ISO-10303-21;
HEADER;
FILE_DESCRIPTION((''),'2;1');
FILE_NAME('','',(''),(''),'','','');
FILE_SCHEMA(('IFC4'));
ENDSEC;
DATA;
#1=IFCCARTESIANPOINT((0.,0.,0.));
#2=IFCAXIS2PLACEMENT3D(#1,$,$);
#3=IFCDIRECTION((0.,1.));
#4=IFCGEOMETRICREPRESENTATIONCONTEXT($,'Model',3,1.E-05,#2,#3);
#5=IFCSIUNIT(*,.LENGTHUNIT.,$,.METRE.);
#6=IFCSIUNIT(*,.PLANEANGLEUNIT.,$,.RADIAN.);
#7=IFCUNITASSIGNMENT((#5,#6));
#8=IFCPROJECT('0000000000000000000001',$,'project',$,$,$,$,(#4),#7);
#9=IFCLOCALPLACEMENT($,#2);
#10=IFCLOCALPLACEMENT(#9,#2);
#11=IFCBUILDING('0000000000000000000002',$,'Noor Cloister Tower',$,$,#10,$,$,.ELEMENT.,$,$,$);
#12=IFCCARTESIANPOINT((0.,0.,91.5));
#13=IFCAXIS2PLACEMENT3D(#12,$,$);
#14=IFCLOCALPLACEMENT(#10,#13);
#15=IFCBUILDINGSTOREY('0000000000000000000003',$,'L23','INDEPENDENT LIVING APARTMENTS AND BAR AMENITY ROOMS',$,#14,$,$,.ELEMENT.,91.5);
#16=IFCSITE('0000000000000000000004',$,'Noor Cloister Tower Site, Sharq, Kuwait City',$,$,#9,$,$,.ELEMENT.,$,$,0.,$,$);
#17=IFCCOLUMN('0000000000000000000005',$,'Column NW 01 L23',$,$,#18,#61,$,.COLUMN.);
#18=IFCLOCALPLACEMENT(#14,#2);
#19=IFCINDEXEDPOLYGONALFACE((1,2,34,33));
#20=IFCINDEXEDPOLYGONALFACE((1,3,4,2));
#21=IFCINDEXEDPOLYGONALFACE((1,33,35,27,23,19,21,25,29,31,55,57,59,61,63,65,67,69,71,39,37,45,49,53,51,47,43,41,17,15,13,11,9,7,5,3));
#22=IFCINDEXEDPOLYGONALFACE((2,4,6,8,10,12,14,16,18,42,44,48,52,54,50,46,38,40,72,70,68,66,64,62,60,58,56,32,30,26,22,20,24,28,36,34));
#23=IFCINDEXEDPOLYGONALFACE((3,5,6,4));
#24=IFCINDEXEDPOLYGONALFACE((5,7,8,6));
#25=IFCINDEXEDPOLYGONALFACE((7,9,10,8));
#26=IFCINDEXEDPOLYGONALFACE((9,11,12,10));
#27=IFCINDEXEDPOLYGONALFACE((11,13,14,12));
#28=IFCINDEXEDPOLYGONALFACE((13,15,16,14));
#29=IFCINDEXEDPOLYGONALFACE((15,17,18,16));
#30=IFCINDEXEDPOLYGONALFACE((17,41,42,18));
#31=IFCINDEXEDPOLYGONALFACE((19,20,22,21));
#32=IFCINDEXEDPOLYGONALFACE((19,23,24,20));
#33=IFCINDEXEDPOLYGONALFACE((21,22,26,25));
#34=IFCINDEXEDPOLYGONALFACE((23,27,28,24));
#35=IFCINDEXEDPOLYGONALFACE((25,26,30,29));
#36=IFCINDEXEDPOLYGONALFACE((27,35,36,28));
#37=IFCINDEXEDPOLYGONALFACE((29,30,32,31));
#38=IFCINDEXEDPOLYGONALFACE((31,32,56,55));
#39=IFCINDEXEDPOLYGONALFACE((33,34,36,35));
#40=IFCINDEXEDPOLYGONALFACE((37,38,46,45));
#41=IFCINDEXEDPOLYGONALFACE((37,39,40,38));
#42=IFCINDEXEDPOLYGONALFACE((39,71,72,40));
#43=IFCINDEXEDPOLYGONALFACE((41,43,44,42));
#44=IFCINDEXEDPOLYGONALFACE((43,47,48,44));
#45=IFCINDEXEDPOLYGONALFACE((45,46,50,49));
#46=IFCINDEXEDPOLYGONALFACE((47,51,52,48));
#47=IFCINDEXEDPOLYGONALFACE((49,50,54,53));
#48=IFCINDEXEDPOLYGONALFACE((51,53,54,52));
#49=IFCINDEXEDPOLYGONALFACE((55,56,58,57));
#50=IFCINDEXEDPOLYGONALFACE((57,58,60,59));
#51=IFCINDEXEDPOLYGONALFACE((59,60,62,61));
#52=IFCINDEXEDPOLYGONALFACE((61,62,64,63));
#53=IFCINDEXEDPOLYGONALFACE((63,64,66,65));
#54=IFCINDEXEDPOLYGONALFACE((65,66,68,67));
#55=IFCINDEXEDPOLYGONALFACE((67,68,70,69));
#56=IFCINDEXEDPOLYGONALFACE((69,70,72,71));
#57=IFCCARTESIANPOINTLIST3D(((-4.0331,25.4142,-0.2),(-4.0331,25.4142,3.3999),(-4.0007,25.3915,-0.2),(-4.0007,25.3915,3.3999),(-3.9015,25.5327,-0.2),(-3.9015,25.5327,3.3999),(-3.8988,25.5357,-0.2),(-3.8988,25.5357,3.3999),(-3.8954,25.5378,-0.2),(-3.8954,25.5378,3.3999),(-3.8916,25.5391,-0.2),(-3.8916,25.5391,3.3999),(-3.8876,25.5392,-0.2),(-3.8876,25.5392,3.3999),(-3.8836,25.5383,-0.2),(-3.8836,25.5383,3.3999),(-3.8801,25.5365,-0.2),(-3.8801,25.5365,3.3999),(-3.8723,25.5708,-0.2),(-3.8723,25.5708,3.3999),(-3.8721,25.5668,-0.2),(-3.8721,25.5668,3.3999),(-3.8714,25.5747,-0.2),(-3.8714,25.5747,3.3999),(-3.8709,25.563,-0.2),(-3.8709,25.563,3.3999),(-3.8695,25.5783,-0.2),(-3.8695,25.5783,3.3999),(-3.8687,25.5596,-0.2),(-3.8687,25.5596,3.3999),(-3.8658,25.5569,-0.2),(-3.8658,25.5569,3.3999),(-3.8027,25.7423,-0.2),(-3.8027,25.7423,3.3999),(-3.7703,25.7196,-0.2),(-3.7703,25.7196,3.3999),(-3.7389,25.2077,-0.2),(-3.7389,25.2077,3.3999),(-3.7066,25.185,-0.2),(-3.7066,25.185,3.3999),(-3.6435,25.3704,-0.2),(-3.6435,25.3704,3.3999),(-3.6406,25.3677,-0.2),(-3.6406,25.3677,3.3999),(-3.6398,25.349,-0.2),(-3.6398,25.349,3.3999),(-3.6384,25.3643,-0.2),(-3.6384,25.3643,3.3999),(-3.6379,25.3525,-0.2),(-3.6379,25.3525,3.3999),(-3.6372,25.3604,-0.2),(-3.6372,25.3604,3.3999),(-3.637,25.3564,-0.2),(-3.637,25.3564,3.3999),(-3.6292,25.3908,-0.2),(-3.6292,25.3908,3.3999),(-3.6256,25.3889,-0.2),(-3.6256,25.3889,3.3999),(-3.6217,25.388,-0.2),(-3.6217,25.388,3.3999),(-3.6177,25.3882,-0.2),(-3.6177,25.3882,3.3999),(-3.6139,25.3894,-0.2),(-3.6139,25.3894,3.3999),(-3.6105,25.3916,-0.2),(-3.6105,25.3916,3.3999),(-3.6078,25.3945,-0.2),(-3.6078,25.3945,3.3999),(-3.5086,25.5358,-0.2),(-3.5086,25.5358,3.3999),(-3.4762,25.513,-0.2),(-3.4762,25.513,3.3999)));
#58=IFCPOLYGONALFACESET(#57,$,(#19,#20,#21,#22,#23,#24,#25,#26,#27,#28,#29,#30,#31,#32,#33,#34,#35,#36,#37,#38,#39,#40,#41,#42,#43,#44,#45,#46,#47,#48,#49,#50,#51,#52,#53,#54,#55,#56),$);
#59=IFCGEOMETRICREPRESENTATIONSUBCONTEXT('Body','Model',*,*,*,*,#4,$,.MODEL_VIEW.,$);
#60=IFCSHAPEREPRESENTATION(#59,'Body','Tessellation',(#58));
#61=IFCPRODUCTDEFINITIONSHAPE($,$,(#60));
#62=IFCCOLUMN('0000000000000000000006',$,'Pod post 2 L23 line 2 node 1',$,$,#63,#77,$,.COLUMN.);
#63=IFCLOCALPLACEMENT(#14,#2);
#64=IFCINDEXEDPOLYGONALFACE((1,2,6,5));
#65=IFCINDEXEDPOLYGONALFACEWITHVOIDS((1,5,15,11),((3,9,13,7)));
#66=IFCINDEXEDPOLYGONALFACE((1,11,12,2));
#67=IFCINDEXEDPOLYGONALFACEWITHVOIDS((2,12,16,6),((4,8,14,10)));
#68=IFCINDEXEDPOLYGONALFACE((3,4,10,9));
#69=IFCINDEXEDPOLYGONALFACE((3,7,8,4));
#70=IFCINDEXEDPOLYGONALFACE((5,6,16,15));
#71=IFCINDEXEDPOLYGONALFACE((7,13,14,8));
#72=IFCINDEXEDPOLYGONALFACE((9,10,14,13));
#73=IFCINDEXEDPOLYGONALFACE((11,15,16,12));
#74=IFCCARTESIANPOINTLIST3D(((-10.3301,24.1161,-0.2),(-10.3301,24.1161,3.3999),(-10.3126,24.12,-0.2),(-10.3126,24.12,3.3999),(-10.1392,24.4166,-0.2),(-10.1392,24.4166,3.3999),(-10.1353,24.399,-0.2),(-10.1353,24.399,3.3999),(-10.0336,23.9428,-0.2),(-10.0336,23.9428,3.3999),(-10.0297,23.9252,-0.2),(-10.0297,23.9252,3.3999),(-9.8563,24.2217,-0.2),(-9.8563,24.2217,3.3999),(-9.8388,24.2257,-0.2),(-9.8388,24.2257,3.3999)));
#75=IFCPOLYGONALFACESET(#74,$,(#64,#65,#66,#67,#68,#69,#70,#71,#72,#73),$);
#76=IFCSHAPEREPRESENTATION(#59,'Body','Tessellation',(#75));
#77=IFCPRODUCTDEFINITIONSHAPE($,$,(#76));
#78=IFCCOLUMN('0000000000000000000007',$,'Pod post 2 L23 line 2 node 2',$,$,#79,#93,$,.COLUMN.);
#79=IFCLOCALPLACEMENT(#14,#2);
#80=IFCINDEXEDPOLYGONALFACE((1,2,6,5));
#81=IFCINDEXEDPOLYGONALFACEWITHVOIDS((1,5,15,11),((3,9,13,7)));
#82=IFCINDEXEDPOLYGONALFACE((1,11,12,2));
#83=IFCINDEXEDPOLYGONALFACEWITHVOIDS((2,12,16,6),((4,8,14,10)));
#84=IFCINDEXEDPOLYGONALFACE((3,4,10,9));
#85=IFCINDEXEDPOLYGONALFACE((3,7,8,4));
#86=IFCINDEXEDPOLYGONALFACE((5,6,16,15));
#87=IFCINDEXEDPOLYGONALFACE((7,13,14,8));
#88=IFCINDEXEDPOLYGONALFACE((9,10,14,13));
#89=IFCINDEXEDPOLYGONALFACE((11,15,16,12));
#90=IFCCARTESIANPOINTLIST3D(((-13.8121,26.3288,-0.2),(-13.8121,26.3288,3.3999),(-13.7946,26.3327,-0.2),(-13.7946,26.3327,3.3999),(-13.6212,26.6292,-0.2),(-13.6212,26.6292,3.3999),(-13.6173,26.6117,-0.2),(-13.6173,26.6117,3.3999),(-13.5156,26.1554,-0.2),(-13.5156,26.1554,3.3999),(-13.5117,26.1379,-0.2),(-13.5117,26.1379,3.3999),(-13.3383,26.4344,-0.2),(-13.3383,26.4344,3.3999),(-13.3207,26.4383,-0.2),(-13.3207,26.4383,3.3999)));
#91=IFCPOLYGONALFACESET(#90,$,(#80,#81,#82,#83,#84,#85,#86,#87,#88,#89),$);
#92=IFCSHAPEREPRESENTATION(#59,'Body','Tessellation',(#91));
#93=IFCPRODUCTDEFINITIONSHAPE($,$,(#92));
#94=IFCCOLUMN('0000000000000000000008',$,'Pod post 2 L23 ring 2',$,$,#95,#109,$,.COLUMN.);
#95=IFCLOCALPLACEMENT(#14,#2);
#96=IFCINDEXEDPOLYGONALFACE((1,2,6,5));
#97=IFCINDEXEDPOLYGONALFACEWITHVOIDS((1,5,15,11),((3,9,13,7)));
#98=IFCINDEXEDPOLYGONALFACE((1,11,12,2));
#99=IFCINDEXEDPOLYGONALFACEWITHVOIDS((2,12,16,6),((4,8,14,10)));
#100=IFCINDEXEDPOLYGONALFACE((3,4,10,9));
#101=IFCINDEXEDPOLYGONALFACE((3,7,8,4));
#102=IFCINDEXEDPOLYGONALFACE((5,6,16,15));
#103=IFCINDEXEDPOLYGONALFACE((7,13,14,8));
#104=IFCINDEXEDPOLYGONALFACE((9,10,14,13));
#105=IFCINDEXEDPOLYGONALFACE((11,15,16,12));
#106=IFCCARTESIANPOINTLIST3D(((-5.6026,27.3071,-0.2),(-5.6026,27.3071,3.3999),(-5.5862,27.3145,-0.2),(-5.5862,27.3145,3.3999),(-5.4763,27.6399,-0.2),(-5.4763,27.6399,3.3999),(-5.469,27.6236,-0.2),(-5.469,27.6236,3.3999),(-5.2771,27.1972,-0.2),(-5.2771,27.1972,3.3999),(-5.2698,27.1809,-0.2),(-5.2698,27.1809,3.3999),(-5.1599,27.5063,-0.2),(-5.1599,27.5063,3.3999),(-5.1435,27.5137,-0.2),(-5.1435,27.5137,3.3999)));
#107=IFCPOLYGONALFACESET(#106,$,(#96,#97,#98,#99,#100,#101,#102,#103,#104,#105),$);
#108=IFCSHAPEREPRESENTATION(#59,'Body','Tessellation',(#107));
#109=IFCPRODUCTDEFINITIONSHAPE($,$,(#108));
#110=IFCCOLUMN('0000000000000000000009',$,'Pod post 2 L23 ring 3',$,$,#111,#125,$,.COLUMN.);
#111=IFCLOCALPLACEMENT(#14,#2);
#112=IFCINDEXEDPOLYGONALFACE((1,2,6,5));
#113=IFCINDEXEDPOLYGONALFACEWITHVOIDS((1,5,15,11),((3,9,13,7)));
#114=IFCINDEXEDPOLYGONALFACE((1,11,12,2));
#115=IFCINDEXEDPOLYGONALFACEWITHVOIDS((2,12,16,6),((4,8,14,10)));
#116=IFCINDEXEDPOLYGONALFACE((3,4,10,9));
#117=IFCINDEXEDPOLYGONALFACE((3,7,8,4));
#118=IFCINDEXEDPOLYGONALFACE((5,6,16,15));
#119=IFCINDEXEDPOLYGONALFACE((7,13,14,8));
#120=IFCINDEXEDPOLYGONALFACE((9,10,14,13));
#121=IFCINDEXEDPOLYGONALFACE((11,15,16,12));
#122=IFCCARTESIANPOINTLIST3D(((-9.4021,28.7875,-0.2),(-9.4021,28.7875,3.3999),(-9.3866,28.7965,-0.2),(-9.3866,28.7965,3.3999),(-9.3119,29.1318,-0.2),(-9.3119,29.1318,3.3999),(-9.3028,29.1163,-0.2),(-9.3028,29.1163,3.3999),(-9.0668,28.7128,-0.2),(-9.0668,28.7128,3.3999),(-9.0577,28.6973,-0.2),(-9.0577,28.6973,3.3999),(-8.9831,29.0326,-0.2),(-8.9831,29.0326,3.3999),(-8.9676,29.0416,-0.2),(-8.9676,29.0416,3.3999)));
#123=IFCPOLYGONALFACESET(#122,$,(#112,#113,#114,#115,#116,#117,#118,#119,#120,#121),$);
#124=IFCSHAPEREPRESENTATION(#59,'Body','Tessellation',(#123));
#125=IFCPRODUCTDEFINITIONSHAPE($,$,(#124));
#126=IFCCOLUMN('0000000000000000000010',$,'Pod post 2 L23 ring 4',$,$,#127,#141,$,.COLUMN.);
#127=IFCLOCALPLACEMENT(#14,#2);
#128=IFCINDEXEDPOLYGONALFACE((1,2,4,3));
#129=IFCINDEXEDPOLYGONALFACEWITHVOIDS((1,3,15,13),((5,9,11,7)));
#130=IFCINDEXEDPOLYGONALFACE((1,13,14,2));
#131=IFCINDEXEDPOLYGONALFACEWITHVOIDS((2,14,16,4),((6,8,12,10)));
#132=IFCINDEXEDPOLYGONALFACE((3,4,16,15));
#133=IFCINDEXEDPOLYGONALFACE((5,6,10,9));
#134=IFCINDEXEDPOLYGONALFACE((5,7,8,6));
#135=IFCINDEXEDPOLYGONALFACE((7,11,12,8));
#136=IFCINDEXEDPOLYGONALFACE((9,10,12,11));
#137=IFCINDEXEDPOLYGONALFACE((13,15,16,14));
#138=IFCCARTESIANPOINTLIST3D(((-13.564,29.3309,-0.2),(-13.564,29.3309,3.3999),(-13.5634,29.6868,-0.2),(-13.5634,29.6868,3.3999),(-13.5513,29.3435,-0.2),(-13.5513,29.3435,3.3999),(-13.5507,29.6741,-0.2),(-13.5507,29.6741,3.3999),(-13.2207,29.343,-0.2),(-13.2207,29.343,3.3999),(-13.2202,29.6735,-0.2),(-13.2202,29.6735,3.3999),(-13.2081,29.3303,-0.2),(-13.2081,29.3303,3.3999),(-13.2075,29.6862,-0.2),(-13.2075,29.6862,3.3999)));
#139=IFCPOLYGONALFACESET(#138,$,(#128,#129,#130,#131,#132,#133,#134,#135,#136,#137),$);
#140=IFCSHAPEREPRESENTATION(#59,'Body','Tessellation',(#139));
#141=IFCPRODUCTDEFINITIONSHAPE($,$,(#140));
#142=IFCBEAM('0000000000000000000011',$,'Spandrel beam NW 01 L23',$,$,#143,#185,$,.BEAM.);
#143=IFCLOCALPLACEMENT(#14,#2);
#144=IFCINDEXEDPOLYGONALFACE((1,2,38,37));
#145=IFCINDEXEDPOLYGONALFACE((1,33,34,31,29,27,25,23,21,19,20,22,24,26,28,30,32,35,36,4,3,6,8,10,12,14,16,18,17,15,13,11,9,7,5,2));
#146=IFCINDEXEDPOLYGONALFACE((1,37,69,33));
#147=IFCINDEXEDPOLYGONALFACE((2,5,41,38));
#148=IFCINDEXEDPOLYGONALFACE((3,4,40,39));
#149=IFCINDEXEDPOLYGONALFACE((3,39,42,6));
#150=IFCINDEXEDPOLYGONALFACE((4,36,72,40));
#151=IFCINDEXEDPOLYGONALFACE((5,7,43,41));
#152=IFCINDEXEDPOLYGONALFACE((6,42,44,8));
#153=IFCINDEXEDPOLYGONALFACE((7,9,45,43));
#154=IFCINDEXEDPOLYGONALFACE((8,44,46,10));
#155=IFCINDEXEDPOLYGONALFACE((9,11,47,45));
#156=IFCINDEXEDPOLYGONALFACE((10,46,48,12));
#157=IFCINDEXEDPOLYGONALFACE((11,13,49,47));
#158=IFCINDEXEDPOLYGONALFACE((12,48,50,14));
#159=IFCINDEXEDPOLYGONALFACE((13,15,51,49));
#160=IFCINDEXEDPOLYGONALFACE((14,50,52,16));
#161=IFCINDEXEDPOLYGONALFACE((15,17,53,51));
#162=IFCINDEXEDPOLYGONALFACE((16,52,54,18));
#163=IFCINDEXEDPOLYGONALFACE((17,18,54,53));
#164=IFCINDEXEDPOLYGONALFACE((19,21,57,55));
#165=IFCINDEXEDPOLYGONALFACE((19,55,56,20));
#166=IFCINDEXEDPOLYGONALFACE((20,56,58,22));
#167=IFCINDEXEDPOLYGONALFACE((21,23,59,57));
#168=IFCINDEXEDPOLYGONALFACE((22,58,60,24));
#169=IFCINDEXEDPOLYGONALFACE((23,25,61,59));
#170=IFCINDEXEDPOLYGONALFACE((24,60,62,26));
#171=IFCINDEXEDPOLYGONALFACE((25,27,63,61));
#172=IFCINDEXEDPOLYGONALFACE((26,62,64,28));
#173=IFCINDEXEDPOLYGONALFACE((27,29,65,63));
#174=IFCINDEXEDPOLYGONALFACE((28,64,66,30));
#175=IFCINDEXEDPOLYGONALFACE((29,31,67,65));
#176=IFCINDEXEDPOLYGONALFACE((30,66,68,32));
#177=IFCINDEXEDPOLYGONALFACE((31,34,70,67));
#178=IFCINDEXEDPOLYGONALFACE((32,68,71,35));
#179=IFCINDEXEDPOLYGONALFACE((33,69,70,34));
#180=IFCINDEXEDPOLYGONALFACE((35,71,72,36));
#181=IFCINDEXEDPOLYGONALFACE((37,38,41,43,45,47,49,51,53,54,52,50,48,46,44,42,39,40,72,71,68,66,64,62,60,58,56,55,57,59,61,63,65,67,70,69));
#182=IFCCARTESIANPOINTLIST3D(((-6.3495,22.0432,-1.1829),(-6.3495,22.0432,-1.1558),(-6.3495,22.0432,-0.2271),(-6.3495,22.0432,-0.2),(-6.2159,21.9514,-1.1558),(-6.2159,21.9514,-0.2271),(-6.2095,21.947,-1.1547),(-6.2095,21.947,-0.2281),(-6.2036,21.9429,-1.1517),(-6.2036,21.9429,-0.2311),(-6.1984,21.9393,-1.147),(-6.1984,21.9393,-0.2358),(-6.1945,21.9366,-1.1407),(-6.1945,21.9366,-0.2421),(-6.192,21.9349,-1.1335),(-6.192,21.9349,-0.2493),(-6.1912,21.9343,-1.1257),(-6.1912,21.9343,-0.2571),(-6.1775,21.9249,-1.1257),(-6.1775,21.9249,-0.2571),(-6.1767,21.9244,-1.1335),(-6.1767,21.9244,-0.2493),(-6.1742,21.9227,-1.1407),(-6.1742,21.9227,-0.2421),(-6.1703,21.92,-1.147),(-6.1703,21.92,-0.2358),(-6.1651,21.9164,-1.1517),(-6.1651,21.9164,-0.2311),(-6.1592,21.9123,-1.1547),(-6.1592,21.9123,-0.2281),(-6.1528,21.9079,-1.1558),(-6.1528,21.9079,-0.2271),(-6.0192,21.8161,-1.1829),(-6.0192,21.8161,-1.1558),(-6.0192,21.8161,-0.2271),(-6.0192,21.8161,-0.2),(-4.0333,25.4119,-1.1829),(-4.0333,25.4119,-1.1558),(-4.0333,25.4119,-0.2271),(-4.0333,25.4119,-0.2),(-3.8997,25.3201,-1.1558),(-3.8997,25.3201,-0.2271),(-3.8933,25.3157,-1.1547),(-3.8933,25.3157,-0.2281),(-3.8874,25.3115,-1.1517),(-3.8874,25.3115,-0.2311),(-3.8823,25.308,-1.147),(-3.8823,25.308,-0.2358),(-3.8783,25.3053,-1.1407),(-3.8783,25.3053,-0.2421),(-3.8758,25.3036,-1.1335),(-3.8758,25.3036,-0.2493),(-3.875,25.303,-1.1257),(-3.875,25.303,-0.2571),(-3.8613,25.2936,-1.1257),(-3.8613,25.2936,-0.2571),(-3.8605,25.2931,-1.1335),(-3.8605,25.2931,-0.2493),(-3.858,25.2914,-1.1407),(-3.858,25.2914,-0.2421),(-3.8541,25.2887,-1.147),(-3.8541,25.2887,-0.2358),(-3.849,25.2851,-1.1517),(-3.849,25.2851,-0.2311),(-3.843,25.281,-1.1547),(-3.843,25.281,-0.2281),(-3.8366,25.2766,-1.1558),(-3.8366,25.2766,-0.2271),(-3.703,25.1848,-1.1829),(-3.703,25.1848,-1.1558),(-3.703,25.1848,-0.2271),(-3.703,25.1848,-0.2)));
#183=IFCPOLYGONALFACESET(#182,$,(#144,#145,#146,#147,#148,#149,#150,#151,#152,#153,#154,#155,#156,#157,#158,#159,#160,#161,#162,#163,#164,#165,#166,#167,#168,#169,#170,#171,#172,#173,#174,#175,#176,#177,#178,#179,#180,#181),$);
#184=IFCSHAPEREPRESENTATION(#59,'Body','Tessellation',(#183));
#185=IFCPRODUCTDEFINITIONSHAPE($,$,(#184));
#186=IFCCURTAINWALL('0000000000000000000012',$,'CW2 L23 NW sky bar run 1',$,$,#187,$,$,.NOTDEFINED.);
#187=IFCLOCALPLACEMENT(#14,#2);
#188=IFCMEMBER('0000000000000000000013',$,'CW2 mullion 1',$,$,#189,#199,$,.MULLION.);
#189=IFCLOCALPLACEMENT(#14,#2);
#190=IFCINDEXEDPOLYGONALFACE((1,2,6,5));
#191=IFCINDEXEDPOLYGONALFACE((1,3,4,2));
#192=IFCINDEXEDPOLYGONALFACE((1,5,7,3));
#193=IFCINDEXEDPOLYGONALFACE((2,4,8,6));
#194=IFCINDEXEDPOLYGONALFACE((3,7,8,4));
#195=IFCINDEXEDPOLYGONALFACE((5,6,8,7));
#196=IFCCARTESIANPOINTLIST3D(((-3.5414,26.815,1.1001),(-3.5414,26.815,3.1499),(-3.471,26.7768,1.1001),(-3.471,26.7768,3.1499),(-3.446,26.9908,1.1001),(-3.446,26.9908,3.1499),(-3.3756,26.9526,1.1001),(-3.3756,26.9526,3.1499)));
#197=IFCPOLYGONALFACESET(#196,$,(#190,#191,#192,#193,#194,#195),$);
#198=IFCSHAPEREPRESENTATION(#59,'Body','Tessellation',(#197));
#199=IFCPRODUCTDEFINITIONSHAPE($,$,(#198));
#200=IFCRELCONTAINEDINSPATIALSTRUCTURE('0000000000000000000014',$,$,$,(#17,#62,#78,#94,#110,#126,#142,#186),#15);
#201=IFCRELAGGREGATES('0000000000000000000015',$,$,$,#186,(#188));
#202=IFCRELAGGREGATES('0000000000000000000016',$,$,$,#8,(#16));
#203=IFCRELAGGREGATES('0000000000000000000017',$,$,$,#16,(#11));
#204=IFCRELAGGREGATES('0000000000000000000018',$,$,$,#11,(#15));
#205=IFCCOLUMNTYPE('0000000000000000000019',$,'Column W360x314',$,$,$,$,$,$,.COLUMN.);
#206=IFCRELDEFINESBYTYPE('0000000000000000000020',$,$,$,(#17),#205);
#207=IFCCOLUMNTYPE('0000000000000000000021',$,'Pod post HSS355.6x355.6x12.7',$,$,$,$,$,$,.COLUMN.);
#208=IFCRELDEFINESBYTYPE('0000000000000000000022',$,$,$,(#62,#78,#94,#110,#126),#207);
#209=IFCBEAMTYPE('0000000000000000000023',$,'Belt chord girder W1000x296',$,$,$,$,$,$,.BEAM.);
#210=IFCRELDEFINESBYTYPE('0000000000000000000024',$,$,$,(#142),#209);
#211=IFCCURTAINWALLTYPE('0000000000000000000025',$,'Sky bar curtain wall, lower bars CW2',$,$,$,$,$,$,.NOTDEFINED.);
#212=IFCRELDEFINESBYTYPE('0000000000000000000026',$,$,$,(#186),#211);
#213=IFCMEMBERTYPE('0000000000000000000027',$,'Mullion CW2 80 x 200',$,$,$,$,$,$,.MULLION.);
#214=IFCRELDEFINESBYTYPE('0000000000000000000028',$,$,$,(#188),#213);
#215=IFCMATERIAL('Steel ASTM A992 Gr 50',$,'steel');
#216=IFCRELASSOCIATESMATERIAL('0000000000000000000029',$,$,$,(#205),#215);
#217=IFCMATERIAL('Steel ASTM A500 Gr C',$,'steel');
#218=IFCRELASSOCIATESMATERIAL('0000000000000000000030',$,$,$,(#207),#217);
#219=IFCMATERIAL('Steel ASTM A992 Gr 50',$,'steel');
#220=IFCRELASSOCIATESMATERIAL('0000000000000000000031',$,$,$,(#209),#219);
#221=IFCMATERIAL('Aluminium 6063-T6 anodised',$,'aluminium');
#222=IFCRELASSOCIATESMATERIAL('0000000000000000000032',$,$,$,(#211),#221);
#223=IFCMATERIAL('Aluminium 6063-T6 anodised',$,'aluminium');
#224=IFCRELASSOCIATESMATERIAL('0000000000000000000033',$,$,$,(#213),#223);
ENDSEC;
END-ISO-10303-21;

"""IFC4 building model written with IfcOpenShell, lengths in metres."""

from ifc_helpers import new_model, si_unit, direction, frame, origin, origin_2d, place, context, subcontext, project, spatial, rectangle, hollow_rectangle, i_section, extrude, material, material_profile, profile_set, type_object, element, aggregate, save


model = new_model("IFC4")

# Units and contexts
model_context = context("Model", 3, precision=1e-05, world=origin(), true_north=direction((0.0, 1.0)))
body_context = subcontext(model_context, "Body", "Model", "MODEL_VIEW")
ifc_project = project(units=[si_unit("LENGTHUNIT", "METRE"), si_unit("PLANEANGLEUNIT", "RADIAN")], contexts=[model_context])

# Site, building, storey
site_placement = place(None, origin())
site = spatial("IfcSite", under=ifc_project, at=site_placement, Name="Noor Cloister Tower Site, Sharq, Kuwait City", CompositionType="ELEMENT", RefElevation=0.0)
building_placement = place(site_placement, origin())
building = spatial("IfcBuilding", under=site, at=building_placement, Name="Noor Cloister Tower", CompositionType="ELEMENT")
storey_placement = place(building_placement, frame((0.0, 0.0, 91.5)))
storey = spatial("IfcBuildingStorey", under=building, at=storey_placement, Name="L23", Description="INDEPENDENT LIVING APARTMENTS AND BAR AMENITY ROOMS", CompositionType="ELEMENT", Elevation=91.5)

# Columns
ifc_material_1 = material(Name="Steel ASTM A992 Gr 50", Category="steel")
ifc_material_profile_1 = material_profile(ifc_material_1, i_section(OverallWidth=0.4009, OverallDepth=0.3989, WebThickness=0.0249, FlangeThickness=0.0396, FilletRadius=0.0154, at=origin_2d()), Name="W360x314")
ifc_profile_set_1 = profile_set([ifc_material_profile_1], Name="Steel ASTM A992 Gr 50")
column_type_1 = type_object("IfcColumnType", Name="Column W360x314", PredefinedType="COLUMN", material=ifc_profile_set_1)
column_placement = place(storey_placement, frame((-3.7546, 25.4636, -0.2), z_axis=(0.0, 0.0, 1.0), x_axis=(-0.574648, -0.818401, 0.0)))
element("IfcColumn", 1, at=column_placement, inside=storey, type_object=column_type_1, Name="Column NW 01 L23", PredefinedType="COLUMN", context=body_context, shape_type="SweptSolid", body=[
    extrude(i_section(OverallWidth=0.4009, OverallDepth=0.3989, WebThickness=0.0249, FlangeThickness=0.0396, FilletRadius=0.0154, at=origin_2d()), origin(), (0.0, 0.0, 1.0), 3.5999),
])
ifc_material_2 = material(Name="Steel ASTM A500 Gr C", Category="steel")
ifc_material_profile_2 = material_profile(ifc_material_2, hollow_rectangle(XDim=0.356, YDim=0.356, WallThickness=0.0127, at=origin_2d()), Name="HSS355.6x355.6x12.7")
ifc_profile_set_2 = profile_set([ifc_material_profile_2], Name="Steel ASTM A500 Gr C")
column_type_2 = type_object("IfcColumnType", Name="Pod post HSS355.6x355.6x12.7", PredefinedType="COLUMN", material=ifc_profile_set_2)
for number, where, z_axis, x_axis, name in (
    (2, (-10.0845, 24.1709, -0.2), (0.0, 0.0, 1.0), (-0.843996, 0.53635, 0.0), "Pod post 2 L23 line 2 node 1"),
    (3, (-13.5664, 26.3835, -0.2), (0.0, 0.0, 1.0), (-0.843996, 0.53635, 0.0), "Pod post 2 L23 line 2 node 2"),
    (4, (-5.373, 27.4104, -0.2), (0.0, 0.0, 1.0), (-0.934997, 0.354654, 0.0), "Pod post 2 L23 ring 2"),
    (5, (-9.1848, 28.9146, -0.2), (0.0, 0.0, 1.0), (-0.967384, 0.253314, 0.0), "Pod post 2 L23 ring 3"),
    (6, (-13.3857, 29.5085, -0.2), (0.0, 0.0, 1.0), (-0.999998, 0.001737, 0.0), "Pod post 2 L23 ring 4"),
):
    element("IfcColumn", number, at=place(storey_placement, frame(where, z_axis=z_axis, x_axis=x_axis)), inside=storey, type_object=column_type_2, Name=name, PredefinedType="COLUMN", context=body_context, shape_type="SweptSolid", body=[
        extrude(hollow_rectangle(XDim=0.356, YDim=0.356, WallThickness=0.0127, at=origin_2d()), origin(), (0.0, 0.0, 1.0), 3.5999),
    ])

# Beam
ifc_material_3 = material(Name="Steel ASTM A992 Gr 50", Category="steel")
ifc_material_profile_3 = material_profile(ifc_material_3, i_section(OverallWidth=0.4009, OverallDepth=0.9829, WebThickness=0.0166, FlangeThickness=0.0271, FilletRadius=0.03, at=origin_2d()), Name="W1000x296")
ifc_profile_set_3 = profile_set([ifc_material_profile_3], Name="Steel ASTM A992 Gr 50")
beam_type = type_object("IfcBeamType", Name="Belt chord girder W1000x296", PredefinedType="BEAM", material=ifc_profile_set_3)
beam_placement = place(storey_placement, frame((-3.8682, 25.2983, -0.6914), z_axis=(-0.566564, -0.824018, 0.0), x_axis=(0.824018, -0.566564, 0.0)))
element("IfcBeam", 7, at=beam_placement, inside=storey, type_object=beam_type, Name="Spandrel beam NW 01 L23", PredefinedType="BEAM", context=body_context, shape_type="SweptSolid", body=[
    extrude(i_section(OverallWidth=0.4009, OverallDepth=0.9829, WebThickness=0.0166, FlangeThickness=0.0271, FilletRadius=0.03, at=origin_2d()), origin(), (0.0, 0.0, 1.0), 4.0881),
])

# Curtain wall, member
ifc_material_4 = material(Name="Aluminium 6063-T6 anodised", Category="aluminium")
curtain_wall_type = type_object("IfcCurtainWallType", Name="Sky bar curtain wall, lower bars CW2", PredefinedType="NOTDEFINED", material=ifc_material_4)
curtain_wall_placement = place(storey_placement, origin())
curtain_wall = element("IfcCurtainWall", 8, at=curtain_wall_placement, inside=storey, type_object=curtain_wall_type, Name="CW2 L23 NW sky bar run 1", PredefinedType="NOTDEFINED")
ifc_material_5 = material(Name="Aluminium 6063-T6 anodised", Category="aluminium")
ifc_material_profile_4 = material_profile(ifc_material_5, rectangle(XDim=0.2, YDim=0.0801, at=origin_2d()), Name="200 x 80 mullion")
ifc_profile_set_4 = profile_set([ifc_material_profile_4], Name="Aluminium 6063-T6 anodised")
member_type = type_object("IfcMemberType", Name="Mullion CW2 80 x 200", PredefinedType="MULLION", material=ifc_profile_set_4)
member_1_placement = place(storey_placement, frame((-3.4585, 26.8838, 1.1001), z_axis=(0.0, 0.0, 1.0), x_axis=(-0.476734, -0.879048, 0.0)))
member_1 = element("IfcMember", 9, at=member_1_placement, type_object=member_type, Name="CW2 mullion 1", PredefinedType="MULLION", context=body_context, shape_type="SweptSolid", body=[
    extrude(rectangle(XDim=0.2, YDim=0.0801, at=origin_2d()), origin(), (0.0, 0.0, 1.0), 2.0498),
])
aggregate(curtain_wall, [member_1])

save(model, "model.ifc")
